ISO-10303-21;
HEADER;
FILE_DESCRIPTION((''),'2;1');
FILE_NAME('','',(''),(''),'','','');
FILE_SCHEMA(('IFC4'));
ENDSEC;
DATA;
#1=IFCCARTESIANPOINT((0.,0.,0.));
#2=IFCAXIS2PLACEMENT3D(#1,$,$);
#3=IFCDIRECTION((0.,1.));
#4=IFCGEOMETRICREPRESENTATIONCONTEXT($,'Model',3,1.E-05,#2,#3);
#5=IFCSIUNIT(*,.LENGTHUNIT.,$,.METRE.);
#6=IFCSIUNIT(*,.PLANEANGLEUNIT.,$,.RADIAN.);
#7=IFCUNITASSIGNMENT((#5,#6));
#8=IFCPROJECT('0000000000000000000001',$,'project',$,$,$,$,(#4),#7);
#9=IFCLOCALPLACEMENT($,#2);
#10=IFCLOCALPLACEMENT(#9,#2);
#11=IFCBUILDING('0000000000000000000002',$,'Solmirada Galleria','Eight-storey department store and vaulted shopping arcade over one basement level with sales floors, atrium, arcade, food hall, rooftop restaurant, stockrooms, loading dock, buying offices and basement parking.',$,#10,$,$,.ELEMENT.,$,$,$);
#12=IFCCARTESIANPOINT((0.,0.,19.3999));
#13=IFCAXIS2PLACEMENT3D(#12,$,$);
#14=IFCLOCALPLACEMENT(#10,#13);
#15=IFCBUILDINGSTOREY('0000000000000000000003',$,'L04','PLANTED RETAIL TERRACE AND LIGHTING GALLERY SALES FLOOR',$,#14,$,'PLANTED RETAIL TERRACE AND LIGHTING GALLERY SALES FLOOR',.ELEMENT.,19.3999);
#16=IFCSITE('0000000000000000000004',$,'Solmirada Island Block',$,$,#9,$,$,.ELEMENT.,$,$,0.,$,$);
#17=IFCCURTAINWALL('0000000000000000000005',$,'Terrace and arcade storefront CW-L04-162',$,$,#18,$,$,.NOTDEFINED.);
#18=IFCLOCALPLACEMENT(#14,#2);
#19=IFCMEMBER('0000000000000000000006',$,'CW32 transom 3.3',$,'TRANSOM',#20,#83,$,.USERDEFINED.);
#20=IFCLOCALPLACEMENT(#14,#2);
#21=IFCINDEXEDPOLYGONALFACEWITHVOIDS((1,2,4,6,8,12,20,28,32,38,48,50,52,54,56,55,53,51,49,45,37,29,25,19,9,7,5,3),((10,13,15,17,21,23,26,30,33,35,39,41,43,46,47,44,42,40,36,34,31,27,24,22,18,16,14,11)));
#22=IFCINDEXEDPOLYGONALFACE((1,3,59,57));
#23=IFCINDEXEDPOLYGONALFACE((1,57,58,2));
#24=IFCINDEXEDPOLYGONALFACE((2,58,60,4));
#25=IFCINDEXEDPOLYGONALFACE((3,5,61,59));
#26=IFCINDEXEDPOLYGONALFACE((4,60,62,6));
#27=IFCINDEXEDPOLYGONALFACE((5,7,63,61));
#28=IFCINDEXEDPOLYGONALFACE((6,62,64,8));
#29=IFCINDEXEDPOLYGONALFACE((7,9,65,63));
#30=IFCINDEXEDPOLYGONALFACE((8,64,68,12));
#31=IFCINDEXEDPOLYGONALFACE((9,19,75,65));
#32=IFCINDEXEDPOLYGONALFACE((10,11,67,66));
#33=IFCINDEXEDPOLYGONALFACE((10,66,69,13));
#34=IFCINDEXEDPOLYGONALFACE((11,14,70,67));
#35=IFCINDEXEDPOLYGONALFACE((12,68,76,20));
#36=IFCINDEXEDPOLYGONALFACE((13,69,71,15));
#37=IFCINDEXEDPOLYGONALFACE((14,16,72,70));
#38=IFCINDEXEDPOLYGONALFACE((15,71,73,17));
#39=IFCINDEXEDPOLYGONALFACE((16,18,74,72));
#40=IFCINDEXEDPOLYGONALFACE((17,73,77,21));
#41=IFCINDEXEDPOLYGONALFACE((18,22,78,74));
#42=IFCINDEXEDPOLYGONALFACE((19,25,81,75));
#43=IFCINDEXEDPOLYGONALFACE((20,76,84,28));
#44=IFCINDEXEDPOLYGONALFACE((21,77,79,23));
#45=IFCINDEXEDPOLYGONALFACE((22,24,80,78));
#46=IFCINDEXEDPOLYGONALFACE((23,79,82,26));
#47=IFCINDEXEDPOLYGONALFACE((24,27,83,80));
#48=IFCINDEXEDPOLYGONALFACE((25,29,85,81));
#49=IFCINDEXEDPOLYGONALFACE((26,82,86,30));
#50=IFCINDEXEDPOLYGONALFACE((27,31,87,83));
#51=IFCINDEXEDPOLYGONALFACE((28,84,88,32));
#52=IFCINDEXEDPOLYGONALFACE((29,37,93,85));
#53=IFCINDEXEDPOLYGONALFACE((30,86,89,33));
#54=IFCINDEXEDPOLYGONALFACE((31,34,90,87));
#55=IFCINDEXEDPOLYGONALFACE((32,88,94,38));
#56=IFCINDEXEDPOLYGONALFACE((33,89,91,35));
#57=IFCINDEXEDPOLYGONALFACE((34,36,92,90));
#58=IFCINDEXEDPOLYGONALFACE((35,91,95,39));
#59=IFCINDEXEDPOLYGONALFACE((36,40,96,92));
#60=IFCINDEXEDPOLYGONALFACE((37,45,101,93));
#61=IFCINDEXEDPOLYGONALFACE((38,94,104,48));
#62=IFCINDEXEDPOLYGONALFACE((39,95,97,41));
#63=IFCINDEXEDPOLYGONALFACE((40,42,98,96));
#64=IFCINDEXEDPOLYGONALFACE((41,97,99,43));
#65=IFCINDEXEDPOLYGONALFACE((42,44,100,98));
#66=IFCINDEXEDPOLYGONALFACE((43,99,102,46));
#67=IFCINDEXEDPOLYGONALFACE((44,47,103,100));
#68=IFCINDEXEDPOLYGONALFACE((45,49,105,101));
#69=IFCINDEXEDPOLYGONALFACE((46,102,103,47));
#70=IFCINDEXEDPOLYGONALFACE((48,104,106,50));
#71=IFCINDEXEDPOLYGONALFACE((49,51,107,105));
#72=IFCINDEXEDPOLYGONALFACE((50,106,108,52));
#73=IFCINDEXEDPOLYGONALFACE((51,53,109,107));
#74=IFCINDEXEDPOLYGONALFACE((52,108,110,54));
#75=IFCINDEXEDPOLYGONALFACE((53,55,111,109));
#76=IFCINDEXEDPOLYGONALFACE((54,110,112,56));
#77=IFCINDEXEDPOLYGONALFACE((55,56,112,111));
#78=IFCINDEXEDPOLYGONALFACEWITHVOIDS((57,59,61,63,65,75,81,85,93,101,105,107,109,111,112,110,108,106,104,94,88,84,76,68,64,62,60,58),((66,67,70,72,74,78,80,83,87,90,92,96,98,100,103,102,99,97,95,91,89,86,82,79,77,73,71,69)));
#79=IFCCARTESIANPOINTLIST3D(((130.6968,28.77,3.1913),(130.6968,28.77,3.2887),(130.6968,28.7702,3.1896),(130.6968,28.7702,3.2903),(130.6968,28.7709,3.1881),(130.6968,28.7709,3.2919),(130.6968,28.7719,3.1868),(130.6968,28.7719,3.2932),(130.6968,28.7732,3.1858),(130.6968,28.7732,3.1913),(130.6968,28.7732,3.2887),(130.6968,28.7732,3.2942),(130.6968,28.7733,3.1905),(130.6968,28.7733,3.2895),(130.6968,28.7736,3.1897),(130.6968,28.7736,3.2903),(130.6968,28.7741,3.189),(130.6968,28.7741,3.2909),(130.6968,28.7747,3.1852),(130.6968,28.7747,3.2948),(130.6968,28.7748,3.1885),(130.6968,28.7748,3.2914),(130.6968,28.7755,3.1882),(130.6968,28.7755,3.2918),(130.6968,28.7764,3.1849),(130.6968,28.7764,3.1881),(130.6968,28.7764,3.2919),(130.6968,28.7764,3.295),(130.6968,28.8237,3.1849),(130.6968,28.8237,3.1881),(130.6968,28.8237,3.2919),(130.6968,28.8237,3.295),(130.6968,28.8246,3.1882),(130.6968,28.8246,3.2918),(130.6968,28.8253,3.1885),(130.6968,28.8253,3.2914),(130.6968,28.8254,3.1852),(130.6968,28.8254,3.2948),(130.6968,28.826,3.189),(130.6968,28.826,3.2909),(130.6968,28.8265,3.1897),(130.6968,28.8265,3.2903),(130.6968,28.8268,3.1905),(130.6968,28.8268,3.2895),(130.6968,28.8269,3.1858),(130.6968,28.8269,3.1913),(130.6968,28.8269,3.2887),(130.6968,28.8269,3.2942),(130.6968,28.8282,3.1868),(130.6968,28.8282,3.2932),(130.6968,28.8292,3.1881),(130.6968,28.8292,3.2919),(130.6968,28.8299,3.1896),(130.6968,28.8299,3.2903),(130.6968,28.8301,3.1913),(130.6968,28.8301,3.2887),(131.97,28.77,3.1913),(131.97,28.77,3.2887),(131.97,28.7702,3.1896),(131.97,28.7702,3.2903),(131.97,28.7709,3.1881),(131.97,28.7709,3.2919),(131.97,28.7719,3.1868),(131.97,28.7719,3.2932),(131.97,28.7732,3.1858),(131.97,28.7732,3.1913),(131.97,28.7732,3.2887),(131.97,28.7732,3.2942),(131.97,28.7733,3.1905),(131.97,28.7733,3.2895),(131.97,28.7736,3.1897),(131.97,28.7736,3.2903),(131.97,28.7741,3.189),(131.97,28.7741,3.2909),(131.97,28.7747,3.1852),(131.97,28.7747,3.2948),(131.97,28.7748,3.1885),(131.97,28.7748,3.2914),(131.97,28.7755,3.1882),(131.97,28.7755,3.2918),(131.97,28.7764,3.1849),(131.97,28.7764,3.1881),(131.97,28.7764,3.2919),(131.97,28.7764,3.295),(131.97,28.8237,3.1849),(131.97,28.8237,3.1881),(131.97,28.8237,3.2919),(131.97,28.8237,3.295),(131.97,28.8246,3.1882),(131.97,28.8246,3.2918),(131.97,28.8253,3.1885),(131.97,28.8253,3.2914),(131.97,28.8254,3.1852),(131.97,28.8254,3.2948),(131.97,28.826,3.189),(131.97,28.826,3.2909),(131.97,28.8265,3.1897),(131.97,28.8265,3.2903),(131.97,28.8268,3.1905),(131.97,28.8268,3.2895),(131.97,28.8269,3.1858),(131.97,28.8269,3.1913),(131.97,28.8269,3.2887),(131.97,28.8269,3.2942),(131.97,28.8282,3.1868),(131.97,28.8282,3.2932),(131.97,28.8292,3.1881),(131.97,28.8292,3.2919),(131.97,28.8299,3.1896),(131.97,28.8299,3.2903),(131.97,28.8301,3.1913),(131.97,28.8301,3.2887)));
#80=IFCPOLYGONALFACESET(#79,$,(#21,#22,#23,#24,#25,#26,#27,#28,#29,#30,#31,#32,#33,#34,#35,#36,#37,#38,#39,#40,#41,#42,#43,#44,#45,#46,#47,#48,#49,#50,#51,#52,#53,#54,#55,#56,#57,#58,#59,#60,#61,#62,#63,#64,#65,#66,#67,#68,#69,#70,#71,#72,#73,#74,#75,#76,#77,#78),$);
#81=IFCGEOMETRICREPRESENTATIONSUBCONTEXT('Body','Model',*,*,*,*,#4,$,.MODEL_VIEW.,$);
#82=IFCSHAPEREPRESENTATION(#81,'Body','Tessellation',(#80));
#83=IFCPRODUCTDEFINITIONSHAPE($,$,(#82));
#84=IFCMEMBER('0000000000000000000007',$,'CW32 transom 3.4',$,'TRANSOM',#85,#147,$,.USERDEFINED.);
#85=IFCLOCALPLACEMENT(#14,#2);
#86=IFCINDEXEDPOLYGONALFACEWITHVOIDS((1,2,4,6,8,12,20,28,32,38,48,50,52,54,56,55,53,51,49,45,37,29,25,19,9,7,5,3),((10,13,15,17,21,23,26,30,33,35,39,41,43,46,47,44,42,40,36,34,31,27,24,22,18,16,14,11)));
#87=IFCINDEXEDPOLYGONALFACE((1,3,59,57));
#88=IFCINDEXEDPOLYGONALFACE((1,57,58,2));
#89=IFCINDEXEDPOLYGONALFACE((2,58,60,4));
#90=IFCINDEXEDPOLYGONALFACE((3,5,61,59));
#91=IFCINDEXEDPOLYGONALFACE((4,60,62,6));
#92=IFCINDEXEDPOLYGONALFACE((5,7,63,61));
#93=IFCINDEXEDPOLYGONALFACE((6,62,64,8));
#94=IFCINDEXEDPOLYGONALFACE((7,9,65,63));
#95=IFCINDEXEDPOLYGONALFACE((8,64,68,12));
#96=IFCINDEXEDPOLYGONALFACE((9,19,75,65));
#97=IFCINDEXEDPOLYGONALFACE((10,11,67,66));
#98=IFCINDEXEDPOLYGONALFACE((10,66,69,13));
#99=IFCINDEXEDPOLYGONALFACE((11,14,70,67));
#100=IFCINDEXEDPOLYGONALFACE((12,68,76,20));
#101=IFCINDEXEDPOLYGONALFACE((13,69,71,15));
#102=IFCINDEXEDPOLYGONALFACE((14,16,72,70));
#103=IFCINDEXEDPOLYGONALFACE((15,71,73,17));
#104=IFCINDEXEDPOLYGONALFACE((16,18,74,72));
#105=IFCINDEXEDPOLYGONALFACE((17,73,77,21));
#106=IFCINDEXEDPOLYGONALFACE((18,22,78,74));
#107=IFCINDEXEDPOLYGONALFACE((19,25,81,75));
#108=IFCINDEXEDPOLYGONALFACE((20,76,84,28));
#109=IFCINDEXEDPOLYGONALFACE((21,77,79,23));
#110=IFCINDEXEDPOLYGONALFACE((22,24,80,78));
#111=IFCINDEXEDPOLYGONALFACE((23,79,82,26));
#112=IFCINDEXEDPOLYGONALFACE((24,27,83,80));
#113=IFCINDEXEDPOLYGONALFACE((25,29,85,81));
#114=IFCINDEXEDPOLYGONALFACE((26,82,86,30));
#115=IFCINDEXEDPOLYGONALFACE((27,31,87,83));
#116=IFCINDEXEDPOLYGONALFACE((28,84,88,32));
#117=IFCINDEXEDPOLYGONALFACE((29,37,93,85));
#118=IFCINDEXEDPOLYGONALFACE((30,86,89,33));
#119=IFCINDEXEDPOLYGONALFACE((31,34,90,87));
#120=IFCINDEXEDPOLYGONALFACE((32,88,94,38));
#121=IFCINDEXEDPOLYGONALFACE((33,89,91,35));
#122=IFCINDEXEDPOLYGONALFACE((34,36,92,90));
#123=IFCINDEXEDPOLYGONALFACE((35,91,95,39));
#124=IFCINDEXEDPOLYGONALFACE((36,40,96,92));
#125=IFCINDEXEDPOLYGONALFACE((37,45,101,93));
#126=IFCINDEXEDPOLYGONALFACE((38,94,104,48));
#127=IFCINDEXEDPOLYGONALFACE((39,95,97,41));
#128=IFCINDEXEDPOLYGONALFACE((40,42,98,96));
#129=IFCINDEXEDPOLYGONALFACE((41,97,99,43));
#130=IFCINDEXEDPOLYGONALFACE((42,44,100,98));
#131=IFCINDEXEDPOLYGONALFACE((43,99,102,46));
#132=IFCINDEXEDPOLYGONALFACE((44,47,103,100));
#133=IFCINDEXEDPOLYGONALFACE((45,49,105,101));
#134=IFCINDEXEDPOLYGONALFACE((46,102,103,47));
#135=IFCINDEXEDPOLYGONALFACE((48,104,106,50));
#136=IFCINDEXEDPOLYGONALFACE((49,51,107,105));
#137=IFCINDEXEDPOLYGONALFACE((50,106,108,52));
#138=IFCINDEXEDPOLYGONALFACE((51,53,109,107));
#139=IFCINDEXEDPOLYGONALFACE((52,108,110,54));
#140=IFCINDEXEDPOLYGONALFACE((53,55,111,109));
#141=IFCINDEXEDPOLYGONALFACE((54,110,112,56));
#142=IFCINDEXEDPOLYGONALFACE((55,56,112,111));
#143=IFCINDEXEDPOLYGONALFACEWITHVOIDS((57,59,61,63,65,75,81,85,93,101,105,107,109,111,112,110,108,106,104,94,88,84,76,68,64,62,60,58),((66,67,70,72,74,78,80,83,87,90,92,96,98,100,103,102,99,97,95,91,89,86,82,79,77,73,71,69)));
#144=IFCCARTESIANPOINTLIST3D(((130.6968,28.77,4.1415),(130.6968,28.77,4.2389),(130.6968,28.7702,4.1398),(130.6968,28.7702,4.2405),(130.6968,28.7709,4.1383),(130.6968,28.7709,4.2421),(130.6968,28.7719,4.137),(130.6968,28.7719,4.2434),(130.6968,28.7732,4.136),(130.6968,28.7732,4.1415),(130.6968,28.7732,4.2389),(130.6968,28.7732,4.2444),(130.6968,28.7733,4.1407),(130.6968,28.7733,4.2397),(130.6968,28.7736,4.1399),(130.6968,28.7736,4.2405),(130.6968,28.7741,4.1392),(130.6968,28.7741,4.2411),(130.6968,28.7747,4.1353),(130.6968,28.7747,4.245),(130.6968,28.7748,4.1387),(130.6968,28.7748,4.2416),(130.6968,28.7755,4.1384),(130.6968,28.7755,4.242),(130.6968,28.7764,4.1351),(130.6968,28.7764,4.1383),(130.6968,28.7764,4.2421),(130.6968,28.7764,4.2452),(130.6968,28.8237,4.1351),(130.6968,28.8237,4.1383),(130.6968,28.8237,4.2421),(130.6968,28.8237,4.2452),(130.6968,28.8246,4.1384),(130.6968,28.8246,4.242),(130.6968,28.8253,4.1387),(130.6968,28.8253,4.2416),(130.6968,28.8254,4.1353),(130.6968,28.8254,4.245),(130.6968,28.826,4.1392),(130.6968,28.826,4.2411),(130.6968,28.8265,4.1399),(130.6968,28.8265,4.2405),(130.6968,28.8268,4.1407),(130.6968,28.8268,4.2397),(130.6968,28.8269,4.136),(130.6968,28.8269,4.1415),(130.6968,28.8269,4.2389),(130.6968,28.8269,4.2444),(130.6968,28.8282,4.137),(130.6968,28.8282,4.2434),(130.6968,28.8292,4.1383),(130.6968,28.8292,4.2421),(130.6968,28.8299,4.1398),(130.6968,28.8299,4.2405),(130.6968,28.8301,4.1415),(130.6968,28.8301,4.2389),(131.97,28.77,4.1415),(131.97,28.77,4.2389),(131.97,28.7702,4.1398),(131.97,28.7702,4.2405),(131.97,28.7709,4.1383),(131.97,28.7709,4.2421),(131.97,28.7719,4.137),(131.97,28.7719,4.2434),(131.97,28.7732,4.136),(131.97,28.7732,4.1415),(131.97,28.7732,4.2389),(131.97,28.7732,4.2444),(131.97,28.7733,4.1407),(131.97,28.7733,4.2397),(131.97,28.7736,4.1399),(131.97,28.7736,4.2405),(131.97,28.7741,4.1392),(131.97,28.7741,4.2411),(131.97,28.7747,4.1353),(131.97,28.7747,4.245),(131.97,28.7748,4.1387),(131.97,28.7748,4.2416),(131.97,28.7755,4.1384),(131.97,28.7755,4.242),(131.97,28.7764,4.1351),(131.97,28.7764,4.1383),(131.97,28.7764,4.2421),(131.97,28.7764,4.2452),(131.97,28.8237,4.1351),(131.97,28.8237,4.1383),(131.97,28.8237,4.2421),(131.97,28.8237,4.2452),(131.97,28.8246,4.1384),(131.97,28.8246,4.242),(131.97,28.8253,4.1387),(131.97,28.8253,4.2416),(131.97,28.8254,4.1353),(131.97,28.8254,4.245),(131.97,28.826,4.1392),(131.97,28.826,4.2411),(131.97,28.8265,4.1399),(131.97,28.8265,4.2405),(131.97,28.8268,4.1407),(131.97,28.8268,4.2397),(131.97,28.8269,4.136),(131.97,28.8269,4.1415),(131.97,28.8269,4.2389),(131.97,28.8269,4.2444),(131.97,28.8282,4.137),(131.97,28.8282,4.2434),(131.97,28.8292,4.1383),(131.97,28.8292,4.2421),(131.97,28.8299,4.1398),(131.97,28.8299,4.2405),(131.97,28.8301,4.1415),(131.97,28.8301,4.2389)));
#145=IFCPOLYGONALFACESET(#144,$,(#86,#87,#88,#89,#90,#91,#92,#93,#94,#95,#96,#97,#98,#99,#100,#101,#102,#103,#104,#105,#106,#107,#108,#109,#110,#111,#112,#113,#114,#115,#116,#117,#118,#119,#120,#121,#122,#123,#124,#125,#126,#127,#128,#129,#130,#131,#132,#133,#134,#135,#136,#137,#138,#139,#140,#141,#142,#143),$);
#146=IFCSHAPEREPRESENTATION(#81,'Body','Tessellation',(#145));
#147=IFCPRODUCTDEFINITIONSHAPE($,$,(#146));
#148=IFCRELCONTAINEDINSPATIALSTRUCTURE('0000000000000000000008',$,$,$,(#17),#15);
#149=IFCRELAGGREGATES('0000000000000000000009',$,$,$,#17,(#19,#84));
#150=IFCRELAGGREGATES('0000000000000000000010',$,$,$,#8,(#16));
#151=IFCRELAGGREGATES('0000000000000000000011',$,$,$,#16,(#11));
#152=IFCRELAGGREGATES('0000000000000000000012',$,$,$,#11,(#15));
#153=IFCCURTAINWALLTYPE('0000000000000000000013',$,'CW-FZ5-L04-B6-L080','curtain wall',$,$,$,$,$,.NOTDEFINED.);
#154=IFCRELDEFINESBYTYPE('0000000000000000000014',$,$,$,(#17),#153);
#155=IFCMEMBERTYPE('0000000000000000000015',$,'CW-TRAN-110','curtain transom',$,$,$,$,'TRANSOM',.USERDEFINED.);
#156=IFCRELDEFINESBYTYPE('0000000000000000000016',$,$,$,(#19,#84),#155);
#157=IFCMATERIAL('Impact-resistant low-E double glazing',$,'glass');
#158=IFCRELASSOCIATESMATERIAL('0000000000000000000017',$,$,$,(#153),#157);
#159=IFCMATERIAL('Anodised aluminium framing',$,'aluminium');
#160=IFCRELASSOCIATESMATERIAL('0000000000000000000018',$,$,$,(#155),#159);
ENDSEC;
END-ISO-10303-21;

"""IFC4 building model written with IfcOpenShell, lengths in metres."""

from ifc_helpers import new_model, si_unit, direction, frame, origin, origin_2d, place, context, subcontext, project, spatial, hollow_rectangle, extrude, material, material_profile, profile_set, type_object, element, aggregate, save


model = new_model("IFC4")

# Units and contexts
model_context = context("Model", 3, precision=1e-05, world=origin(), true_north=direction((0.0, 1.0)))
body_context = subcontext(model_context, "Body", "Model", "MODEL_VIEW")
ifc_project = project(units=[si_unit("LENGTHUNIT", "METRE"), si_unit("PLANEANGLEUNIT", "RADIAN")], contexts=[model_context])

# Site, building, storey
site_placement = place(None, origin())
site = spatial("IfcSite", under=ifc_project, at=site_placement, Name="Solmirada Island Block", CompositionType="ELEMENT", RefElevation=0.0)
building_placement = place(site_placement, origin())
building = spatial("IfcBuilding", under=site, at=building_placement, Name="Solmirada Galleria", Description="Eight-storey department store and vaulted shopping arcade over one basement level with sales floors, atrium, arcade, food hall, rooftop restaurant, stockrooms, loading dock, buying offices and basement parking.", CompositionType="ELEMENT")
storey_placement = place(building_placement, frame((0.0, 0.0, 19.3999)))
storey = spatial("IfcBuildingStorey", under=building, at=storey_placement, Name="L04", Description="PLANTED RETAIL TERRACE AND LIGHTING GALLERY SALES FLOOR", LongName="PLANTED RETAIL TERRACE AND LIGHTING GALLERY SALES FLOOR", CompositionType="ELEMENT", Elevation=19.3999)

# Curtain wall, members
ifc_material_1 = material(Name="Impact-resistant low-E double glazing", Category="glass")
curtain_wall_type = type_object("IfcCurtainWallType", Name="CW-FZ5-L04-B6-L080", Description="curtain wall", PredefinedType="NOTDEFINED", material=ifc_material_1)
curtain_wall_placement = place(storey_placement, origin())
curtain_wall = element("IfcCurtainWall", 1, at=curtain_wall_placement, inside=storey, type_object=curtain_wall_type, Name="Terrace and arcade storefront CW-L04-162", PredefinedType="NOTDEFINED")
ifc_material_2 = material(Name="Anodised aluminium framing", Category="aluminium")
ifc_material_profile_1 = material_profile(ifc_material_2, hollow_rectangle(XDim=0.0601, YDim=0.1101, WallThickness=0.0032, InnerFilletRadius=0.0032, OuterFilletRadius=0.0063, at=origin_2d()), Name="ALU-TRAN-110X60")
ifc_profile_set_1 = profile_set([ifc_material_profile_1], Name="Anodised aluminium framing")
member_type_1 = type_object("IfcMemberType", Name="CW-TRAN-110", Description="curtain transom", ElementType="TRANSOM", PredefinedType="USERDEFINED", material=ifc_profile_set_1)
member_1_placement = place(storey_placement, frame((130.6968, 28.8, 3.24), z_axis=(1.0, 0.0, 0.0), x_axis=(0.0, 1.0, 0.0)))
member_1 = element("IfcMember", 2, at=member_1_placement, type_object=member_type_1, Name="CW32 transom 3.3", ObjectType="TRANSOM", PredefinedType="USERDEFINED", context=body_context, shape_type="SweptSolid", body=[
    extrude(hollow_rectangle(XDim=0.0601, YDim=0.1101, WallThickness=0.0032, InnerFilletRadius=0.0032, OuterFilletRadius=0.0063, at=origin_2d()), origin(), (0.0, 0.0, 1.0), 1.2732),
])
member_2_placement = place(storey_placement, frame((130.6968, 28.8, 4.1902), z_axis=(1.0, 0.0, 0.0), x_axis=(0.0, 1.0, 0.0)))
member_2 = element("IfcMember", 3, at=member_2_placement, type_object=member_type_1, Name="CW32 transom 3.4", ObjectType="TRANSOM", PredefinedType="USERDEFINED", context=body_context, shape_type="SweptSolid", body=[
    extrude(hollow_rectangle(XDim=0.0601, YDim=0.1101, WallThickness=0.0032, InnerFilletRadius=0.0032, OuterFilletRadius=0.0063, at=origin_2d()), origin(), (0.0, 0.0, 1.0), 1.2732),
])
aggregate(curtain_wall, [member_1, member_2])

save(model, "model.ifc")
